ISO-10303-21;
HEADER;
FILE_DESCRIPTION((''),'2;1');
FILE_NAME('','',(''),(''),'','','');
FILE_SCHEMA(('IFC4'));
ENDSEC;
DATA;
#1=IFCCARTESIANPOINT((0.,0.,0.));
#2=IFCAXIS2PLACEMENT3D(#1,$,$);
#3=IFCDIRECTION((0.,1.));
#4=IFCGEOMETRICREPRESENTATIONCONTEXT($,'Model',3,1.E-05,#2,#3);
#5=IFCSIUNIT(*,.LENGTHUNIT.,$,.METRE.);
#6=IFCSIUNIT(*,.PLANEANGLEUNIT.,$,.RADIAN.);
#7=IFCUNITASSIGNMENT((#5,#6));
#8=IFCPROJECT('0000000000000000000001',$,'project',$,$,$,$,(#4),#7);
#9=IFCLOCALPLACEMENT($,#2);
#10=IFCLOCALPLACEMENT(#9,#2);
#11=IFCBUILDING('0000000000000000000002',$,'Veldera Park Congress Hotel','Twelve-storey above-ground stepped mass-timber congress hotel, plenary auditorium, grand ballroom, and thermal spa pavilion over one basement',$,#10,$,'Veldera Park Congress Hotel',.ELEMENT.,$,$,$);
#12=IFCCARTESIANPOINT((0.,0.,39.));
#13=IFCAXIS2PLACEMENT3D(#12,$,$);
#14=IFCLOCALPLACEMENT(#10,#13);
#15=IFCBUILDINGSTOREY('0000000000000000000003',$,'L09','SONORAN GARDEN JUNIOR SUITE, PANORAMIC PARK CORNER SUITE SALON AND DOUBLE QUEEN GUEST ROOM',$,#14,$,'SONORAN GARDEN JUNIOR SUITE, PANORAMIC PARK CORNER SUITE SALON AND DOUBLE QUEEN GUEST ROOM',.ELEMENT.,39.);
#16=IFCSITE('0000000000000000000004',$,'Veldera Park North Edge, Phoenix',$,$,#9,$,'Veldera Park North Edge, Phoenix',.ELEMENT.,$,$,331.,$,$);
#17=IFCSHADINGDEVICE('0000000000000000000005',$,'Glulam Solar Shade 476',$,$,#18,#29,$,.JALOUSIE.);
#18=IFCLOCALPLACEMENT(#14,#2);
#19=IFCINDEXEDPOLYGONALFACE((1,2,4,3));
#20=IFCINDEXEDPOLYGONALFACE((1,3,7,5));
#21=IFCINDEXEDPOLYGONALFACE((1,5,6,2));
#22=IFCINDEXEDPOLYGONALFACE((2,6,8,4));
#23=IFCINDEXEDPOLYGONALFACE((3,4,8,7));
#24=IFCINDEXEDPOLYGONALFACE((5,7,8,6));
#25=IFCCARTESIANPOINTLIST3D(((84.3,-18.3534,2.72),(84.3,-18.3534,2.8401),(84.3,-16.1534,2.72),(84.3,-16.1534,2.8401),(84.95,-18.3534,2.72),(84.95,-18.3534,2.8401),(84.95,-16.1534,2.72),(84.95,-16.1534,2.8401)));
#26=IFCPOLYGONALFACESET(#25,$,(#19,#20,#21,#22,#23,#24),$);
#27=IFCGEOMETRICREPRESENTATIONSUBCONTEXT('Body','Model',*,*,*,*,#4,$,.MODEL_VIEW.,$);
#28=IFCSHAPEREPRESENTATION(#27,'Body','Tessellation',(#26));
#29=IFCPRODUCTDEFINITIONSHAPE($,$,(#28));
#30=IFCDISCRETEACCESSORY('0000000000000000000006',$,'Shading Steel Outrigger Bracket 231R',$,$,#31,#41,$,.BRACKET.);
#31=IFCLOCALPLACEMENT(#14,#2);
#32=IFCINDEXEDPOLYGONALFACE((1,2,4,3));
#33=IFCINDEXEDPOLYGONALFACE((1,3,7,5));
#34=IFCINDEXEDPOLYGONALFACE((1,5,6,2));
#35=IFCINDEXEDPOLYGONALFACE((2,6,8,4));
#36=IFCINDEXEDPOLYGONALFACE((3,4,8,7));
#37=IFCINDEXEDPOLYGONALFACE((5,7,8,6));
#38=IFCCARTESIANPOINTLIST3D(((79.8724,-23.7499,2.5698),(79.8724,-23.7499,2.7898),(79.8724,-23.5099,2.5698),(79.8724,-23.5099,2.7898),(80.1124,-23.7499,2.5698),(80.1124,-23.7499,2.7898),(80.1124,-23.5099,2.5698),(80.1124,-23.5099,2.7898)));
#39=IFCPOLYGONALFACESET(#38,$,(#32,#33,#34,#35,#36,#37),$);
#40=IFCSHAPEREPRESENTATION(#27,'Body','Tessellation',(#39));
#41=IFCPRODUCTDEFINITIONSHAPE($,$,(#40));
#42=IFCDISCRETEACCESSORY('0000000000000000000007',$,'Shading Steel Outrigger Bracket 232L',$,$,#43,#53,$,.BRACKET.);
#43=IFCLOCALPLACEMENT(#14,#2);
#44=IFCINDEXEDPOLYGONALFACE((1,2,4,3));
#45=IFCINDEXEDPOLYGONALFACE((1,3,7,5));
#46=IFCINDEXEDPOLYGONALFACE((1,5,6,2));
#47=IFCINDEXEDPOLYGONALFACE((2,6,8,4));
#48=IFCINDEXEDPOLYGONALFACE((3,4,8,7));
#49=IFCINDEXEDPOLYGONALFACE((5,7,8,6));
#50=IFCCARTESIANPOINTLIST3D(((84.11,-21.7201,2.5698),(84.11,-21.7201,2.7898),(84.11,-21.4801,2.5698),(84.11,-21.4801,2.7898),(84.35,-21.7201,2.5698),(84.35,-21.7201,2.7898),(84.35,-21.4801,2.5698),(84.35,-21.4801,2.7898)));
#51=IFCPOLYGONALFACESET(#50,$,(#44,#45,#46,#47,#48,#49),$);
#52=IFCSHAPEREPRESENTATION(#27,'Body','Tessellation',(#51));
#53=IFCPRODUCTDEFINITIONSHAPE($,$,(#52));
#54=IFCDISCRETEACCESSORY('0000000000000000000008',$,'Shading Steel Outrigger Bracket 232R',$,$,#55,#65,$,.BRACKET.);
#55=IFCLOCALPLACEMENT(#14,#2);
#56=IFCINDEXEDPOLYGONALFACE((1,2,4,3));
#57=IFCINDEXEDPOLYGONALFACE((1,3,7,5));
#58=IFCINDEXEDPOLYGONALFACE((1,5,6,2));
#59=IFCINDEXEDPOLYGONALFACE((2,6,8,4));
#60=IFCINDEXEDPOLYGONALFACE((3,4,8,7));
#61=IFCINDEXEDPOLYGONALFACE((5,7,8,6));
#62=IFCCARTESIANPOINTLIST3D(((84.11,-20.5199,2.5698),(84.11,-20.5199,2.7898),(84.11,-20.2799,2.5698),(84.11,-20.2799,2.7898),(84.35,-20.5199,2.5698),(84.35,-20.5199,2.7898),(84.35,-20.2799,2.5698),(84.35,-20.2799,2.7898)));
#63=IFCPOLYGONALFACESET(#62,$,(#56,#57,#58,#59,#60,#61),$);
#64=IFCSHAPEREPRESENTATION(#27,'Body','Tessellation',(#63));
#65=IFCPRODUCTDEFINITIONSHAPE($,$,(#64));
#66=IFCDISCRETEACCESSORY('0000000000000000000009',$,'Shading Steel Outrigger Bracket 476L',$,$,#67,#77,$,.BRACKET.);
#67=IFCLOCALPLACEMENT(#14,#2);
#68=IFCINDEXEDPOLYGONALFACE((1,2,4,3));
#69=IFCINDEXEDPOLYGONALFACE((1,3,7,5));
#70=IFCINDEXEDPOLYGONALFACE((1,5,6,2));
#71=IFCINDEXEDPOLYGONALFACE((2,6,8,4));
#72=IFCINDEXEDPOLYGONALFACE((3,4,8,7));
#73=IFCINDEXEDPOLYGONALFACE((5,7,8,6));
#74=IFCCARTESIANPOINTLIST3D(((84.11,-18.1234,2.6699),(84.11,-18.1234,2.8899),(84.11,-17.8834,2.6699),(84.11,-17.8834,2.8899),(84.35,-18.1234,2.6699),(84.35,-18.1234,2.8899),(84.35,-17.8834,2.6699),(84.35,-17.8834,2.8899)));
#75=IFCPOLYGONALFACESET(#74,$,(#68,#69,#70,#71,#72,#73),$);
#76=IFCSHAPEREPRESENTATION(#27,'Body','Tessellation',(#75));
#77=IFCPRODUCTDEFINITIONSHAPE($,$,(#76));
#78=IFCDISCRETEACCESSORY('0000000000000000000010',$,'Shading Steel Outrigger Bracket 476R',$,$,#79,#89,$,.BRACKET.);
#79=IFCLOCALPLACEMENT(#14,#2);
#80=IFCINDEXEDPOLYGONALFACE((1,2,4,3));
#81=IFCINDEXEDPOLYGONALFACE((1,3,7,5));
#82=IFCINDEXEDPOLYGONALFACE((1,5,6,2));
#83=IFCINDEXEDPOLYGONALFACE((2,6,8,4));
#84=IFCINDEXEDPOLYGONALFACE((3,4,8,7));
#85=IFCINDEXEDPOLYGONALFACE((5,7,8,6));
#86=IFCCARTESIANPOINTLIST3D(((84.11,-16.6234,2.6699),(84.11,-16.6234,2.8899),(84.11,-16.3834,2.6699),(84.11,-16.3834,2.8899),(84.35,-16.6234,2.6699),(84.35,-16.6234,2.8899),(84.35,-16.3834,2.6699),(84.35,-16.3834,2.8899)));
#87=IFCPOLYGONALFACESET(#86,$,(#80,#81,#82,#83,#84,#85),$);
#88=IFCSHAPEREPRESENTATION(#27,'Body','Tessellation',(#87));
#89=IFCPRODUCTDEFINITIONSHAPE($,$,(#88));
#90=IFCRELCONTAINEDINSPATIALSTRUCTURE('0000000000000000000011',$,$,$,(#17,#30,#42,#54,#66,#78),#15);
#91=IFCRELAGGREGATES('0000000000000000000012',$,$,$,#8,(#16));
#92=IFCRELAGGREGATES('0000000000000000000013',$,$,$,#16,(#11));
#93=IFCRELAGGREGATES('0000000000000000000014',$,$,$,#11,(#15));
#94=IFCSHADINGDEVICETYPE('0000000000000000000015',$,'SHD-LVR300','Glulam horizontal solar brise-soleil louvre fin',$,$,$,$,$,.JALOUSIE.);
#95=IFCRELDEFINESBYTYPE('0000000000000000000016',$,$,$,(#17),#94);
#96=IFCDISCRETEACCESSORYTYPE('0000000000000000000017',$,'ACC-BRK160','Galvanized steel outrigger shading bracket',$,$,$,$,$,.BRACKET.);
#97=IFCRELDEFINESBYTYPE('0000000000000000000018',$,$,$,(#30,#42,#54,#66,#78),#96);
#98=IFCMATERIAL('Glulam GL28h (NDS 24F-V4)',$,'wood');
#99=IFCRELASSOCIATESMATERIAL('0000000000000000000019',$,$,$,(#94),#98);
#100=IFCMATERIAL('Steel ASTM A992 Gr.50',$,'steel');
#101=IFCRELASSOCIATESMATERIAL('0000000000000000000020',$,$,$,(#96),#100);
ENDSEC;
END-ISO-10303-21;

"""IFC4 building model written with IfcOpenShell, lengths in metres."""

from ifc_helpers import new_model, si_unit, direction, frame, origin, origin_2d, place, context, subcontext, project, spatial, rectangle, extrude, material, type_object, element, save


model = new_model("IFC4")

# Units and contexts
model_context = context("Model", 3, precision=1e-05, world=origin(), true_north=direction((0.0, 1.0)))
body_context = subcontext(model_context, "Body", "Model", "MODEL_VIEW")
ifc_project = project(units=[si_unit("LENGTHUNIT", "METRE"), si_unit("PLANEANGLEUNIT", "RADIAN")], contexts=[model_context])

# Site, building, storey
site_placement = place(None, origin())
site = spatial("IfcSite", under=ifc_project, at=site_placement, Name="Veldera Park North Edge, Phoenix", LongName="Veldera Park North Edge, Phoenix", CompositionType="ELEMENT", RefElevation=331.0)
building_placement = place(site_placement, origin())
building = spatial("IfcBuilding", under=site, at=building_placement, Name="Veldera Park Congress Hotel", Description="Twelve-storey above-ground stepped mass-timber congress hotel, plenary auditorium, grand ballroom, and thermal spa pavilion over one basement", LongName="Veldera Park Congress Hotel", CompositionType="ELEMENT")
storey_placement = place(building_placement, frame((0.0, 0.0, 39.0)))
storey = spatial("IfcBuildingStorey", under=building, at=storey_placement, Name="L09", Description="SONORAN GARDEN JUNIOR SUITE, PANORAMIC PARK CORNER SUITE SALON AND DOUBLE QUEEN GUEST ROOM", LongName="SONORAN GARDEN JUNIOR SUITE, PANORAMIC PARK CORNER SUITE SALON AND DOUBLE QUEEN GUEST ROOM", CompositionType="ELEMENT", Elevation=39.0)

# Shared definitions
ifc_material_1 = material(Name="Glulam GL28h (NDS 24F-V4)", Category="wood")

# Shading device
shading_device_type = type_object("IfcShadingDeviceType", Name="SHD-LVR300", Description="Glulam horizontal solar brise-soleil louvre fin", PredefinedType="JALOUSIE", material=ifc_material_1)
shading_device_placement = place(storey_placement, frame((84.625, -17.2534, 2.72), z_axis=(0.0, 0.0, 1.0), x_axis=(0.0, 1.0, 0.0)))
element("IfcShadingDevice", 1, at=shading_device_placement, inside=storey, type_object=shading_device_type, Name="Glulam Solar Shade 476", PredefinedType="JALOUSIE", context=body_context, shape_type="SweptSolid", body=[
    extrude(rectangle(XDim=2.2, YDim=0.6499, at=origin_2d()), origin(), (0.0, 0.0, 1.0), 0.1201),
])

# Discrete accessories
ifc_material_2 = material(Name="Steel ASTM A992 Gr.50", Category="steel")
discrete_accessory_type = type_object("IfcDiscreteAccessoryType", Name="ACC-BRK160", Description="Galvanized steel outrigger shading bracket", PredefinedType="BRACKET", material=ifc_material_2)
for number, where, z_axis, x_axis, name in (
    (2, (79.9924, -23.6299, 2.5698), (0.0, 0.0, 1.0), (1.0, 0.0, 0.0), "Shading Steel Outrigger Bracket 231R"),
    (3, (84.23, -21.6001, 2.5698), (0.0, 0.0, 1.0), (0.0, 1.0, 0.0), "Shading Steel Outrigger Bracket 232L"),
    (4, (84.23, -20.3999, 2.5698), (0.0, 0.0, 1.0), (0.0, 1.0, 0.0), "Shading Steel Outrigger Bracket 232R"),
    (5, (84.23, -18.0034, 2.6699), (0.0, 0.0, 1.0), (0.0, 1.0, 0.0), "Shading Steel Outrigger Bracket 476L"),
    (6, (84.23, -16.5034, 2.6699), (0.0, 0.0, 1.0), (0.0, 1.0, 0.0), "Shading Steel Outrigger Bracket 476R"),
):
    element("IfcDiscreteAccessory", number, at=place(storey_placement, frame(where, z_axis=z_axis, x_axis=x_axis)), inside=storey, type_object=discrete_accessory_type, Name=name, PredefinedType="BRACKET", context=body_context, shape_type="SweptSolid", body=[
        extrude(rectangle(XDim=0.24, YDim=0.24, at=origin_2d()), origin(), (0.0, 0.0, 1.0), 0.22),
    ])

save(model, "model.ifc")
